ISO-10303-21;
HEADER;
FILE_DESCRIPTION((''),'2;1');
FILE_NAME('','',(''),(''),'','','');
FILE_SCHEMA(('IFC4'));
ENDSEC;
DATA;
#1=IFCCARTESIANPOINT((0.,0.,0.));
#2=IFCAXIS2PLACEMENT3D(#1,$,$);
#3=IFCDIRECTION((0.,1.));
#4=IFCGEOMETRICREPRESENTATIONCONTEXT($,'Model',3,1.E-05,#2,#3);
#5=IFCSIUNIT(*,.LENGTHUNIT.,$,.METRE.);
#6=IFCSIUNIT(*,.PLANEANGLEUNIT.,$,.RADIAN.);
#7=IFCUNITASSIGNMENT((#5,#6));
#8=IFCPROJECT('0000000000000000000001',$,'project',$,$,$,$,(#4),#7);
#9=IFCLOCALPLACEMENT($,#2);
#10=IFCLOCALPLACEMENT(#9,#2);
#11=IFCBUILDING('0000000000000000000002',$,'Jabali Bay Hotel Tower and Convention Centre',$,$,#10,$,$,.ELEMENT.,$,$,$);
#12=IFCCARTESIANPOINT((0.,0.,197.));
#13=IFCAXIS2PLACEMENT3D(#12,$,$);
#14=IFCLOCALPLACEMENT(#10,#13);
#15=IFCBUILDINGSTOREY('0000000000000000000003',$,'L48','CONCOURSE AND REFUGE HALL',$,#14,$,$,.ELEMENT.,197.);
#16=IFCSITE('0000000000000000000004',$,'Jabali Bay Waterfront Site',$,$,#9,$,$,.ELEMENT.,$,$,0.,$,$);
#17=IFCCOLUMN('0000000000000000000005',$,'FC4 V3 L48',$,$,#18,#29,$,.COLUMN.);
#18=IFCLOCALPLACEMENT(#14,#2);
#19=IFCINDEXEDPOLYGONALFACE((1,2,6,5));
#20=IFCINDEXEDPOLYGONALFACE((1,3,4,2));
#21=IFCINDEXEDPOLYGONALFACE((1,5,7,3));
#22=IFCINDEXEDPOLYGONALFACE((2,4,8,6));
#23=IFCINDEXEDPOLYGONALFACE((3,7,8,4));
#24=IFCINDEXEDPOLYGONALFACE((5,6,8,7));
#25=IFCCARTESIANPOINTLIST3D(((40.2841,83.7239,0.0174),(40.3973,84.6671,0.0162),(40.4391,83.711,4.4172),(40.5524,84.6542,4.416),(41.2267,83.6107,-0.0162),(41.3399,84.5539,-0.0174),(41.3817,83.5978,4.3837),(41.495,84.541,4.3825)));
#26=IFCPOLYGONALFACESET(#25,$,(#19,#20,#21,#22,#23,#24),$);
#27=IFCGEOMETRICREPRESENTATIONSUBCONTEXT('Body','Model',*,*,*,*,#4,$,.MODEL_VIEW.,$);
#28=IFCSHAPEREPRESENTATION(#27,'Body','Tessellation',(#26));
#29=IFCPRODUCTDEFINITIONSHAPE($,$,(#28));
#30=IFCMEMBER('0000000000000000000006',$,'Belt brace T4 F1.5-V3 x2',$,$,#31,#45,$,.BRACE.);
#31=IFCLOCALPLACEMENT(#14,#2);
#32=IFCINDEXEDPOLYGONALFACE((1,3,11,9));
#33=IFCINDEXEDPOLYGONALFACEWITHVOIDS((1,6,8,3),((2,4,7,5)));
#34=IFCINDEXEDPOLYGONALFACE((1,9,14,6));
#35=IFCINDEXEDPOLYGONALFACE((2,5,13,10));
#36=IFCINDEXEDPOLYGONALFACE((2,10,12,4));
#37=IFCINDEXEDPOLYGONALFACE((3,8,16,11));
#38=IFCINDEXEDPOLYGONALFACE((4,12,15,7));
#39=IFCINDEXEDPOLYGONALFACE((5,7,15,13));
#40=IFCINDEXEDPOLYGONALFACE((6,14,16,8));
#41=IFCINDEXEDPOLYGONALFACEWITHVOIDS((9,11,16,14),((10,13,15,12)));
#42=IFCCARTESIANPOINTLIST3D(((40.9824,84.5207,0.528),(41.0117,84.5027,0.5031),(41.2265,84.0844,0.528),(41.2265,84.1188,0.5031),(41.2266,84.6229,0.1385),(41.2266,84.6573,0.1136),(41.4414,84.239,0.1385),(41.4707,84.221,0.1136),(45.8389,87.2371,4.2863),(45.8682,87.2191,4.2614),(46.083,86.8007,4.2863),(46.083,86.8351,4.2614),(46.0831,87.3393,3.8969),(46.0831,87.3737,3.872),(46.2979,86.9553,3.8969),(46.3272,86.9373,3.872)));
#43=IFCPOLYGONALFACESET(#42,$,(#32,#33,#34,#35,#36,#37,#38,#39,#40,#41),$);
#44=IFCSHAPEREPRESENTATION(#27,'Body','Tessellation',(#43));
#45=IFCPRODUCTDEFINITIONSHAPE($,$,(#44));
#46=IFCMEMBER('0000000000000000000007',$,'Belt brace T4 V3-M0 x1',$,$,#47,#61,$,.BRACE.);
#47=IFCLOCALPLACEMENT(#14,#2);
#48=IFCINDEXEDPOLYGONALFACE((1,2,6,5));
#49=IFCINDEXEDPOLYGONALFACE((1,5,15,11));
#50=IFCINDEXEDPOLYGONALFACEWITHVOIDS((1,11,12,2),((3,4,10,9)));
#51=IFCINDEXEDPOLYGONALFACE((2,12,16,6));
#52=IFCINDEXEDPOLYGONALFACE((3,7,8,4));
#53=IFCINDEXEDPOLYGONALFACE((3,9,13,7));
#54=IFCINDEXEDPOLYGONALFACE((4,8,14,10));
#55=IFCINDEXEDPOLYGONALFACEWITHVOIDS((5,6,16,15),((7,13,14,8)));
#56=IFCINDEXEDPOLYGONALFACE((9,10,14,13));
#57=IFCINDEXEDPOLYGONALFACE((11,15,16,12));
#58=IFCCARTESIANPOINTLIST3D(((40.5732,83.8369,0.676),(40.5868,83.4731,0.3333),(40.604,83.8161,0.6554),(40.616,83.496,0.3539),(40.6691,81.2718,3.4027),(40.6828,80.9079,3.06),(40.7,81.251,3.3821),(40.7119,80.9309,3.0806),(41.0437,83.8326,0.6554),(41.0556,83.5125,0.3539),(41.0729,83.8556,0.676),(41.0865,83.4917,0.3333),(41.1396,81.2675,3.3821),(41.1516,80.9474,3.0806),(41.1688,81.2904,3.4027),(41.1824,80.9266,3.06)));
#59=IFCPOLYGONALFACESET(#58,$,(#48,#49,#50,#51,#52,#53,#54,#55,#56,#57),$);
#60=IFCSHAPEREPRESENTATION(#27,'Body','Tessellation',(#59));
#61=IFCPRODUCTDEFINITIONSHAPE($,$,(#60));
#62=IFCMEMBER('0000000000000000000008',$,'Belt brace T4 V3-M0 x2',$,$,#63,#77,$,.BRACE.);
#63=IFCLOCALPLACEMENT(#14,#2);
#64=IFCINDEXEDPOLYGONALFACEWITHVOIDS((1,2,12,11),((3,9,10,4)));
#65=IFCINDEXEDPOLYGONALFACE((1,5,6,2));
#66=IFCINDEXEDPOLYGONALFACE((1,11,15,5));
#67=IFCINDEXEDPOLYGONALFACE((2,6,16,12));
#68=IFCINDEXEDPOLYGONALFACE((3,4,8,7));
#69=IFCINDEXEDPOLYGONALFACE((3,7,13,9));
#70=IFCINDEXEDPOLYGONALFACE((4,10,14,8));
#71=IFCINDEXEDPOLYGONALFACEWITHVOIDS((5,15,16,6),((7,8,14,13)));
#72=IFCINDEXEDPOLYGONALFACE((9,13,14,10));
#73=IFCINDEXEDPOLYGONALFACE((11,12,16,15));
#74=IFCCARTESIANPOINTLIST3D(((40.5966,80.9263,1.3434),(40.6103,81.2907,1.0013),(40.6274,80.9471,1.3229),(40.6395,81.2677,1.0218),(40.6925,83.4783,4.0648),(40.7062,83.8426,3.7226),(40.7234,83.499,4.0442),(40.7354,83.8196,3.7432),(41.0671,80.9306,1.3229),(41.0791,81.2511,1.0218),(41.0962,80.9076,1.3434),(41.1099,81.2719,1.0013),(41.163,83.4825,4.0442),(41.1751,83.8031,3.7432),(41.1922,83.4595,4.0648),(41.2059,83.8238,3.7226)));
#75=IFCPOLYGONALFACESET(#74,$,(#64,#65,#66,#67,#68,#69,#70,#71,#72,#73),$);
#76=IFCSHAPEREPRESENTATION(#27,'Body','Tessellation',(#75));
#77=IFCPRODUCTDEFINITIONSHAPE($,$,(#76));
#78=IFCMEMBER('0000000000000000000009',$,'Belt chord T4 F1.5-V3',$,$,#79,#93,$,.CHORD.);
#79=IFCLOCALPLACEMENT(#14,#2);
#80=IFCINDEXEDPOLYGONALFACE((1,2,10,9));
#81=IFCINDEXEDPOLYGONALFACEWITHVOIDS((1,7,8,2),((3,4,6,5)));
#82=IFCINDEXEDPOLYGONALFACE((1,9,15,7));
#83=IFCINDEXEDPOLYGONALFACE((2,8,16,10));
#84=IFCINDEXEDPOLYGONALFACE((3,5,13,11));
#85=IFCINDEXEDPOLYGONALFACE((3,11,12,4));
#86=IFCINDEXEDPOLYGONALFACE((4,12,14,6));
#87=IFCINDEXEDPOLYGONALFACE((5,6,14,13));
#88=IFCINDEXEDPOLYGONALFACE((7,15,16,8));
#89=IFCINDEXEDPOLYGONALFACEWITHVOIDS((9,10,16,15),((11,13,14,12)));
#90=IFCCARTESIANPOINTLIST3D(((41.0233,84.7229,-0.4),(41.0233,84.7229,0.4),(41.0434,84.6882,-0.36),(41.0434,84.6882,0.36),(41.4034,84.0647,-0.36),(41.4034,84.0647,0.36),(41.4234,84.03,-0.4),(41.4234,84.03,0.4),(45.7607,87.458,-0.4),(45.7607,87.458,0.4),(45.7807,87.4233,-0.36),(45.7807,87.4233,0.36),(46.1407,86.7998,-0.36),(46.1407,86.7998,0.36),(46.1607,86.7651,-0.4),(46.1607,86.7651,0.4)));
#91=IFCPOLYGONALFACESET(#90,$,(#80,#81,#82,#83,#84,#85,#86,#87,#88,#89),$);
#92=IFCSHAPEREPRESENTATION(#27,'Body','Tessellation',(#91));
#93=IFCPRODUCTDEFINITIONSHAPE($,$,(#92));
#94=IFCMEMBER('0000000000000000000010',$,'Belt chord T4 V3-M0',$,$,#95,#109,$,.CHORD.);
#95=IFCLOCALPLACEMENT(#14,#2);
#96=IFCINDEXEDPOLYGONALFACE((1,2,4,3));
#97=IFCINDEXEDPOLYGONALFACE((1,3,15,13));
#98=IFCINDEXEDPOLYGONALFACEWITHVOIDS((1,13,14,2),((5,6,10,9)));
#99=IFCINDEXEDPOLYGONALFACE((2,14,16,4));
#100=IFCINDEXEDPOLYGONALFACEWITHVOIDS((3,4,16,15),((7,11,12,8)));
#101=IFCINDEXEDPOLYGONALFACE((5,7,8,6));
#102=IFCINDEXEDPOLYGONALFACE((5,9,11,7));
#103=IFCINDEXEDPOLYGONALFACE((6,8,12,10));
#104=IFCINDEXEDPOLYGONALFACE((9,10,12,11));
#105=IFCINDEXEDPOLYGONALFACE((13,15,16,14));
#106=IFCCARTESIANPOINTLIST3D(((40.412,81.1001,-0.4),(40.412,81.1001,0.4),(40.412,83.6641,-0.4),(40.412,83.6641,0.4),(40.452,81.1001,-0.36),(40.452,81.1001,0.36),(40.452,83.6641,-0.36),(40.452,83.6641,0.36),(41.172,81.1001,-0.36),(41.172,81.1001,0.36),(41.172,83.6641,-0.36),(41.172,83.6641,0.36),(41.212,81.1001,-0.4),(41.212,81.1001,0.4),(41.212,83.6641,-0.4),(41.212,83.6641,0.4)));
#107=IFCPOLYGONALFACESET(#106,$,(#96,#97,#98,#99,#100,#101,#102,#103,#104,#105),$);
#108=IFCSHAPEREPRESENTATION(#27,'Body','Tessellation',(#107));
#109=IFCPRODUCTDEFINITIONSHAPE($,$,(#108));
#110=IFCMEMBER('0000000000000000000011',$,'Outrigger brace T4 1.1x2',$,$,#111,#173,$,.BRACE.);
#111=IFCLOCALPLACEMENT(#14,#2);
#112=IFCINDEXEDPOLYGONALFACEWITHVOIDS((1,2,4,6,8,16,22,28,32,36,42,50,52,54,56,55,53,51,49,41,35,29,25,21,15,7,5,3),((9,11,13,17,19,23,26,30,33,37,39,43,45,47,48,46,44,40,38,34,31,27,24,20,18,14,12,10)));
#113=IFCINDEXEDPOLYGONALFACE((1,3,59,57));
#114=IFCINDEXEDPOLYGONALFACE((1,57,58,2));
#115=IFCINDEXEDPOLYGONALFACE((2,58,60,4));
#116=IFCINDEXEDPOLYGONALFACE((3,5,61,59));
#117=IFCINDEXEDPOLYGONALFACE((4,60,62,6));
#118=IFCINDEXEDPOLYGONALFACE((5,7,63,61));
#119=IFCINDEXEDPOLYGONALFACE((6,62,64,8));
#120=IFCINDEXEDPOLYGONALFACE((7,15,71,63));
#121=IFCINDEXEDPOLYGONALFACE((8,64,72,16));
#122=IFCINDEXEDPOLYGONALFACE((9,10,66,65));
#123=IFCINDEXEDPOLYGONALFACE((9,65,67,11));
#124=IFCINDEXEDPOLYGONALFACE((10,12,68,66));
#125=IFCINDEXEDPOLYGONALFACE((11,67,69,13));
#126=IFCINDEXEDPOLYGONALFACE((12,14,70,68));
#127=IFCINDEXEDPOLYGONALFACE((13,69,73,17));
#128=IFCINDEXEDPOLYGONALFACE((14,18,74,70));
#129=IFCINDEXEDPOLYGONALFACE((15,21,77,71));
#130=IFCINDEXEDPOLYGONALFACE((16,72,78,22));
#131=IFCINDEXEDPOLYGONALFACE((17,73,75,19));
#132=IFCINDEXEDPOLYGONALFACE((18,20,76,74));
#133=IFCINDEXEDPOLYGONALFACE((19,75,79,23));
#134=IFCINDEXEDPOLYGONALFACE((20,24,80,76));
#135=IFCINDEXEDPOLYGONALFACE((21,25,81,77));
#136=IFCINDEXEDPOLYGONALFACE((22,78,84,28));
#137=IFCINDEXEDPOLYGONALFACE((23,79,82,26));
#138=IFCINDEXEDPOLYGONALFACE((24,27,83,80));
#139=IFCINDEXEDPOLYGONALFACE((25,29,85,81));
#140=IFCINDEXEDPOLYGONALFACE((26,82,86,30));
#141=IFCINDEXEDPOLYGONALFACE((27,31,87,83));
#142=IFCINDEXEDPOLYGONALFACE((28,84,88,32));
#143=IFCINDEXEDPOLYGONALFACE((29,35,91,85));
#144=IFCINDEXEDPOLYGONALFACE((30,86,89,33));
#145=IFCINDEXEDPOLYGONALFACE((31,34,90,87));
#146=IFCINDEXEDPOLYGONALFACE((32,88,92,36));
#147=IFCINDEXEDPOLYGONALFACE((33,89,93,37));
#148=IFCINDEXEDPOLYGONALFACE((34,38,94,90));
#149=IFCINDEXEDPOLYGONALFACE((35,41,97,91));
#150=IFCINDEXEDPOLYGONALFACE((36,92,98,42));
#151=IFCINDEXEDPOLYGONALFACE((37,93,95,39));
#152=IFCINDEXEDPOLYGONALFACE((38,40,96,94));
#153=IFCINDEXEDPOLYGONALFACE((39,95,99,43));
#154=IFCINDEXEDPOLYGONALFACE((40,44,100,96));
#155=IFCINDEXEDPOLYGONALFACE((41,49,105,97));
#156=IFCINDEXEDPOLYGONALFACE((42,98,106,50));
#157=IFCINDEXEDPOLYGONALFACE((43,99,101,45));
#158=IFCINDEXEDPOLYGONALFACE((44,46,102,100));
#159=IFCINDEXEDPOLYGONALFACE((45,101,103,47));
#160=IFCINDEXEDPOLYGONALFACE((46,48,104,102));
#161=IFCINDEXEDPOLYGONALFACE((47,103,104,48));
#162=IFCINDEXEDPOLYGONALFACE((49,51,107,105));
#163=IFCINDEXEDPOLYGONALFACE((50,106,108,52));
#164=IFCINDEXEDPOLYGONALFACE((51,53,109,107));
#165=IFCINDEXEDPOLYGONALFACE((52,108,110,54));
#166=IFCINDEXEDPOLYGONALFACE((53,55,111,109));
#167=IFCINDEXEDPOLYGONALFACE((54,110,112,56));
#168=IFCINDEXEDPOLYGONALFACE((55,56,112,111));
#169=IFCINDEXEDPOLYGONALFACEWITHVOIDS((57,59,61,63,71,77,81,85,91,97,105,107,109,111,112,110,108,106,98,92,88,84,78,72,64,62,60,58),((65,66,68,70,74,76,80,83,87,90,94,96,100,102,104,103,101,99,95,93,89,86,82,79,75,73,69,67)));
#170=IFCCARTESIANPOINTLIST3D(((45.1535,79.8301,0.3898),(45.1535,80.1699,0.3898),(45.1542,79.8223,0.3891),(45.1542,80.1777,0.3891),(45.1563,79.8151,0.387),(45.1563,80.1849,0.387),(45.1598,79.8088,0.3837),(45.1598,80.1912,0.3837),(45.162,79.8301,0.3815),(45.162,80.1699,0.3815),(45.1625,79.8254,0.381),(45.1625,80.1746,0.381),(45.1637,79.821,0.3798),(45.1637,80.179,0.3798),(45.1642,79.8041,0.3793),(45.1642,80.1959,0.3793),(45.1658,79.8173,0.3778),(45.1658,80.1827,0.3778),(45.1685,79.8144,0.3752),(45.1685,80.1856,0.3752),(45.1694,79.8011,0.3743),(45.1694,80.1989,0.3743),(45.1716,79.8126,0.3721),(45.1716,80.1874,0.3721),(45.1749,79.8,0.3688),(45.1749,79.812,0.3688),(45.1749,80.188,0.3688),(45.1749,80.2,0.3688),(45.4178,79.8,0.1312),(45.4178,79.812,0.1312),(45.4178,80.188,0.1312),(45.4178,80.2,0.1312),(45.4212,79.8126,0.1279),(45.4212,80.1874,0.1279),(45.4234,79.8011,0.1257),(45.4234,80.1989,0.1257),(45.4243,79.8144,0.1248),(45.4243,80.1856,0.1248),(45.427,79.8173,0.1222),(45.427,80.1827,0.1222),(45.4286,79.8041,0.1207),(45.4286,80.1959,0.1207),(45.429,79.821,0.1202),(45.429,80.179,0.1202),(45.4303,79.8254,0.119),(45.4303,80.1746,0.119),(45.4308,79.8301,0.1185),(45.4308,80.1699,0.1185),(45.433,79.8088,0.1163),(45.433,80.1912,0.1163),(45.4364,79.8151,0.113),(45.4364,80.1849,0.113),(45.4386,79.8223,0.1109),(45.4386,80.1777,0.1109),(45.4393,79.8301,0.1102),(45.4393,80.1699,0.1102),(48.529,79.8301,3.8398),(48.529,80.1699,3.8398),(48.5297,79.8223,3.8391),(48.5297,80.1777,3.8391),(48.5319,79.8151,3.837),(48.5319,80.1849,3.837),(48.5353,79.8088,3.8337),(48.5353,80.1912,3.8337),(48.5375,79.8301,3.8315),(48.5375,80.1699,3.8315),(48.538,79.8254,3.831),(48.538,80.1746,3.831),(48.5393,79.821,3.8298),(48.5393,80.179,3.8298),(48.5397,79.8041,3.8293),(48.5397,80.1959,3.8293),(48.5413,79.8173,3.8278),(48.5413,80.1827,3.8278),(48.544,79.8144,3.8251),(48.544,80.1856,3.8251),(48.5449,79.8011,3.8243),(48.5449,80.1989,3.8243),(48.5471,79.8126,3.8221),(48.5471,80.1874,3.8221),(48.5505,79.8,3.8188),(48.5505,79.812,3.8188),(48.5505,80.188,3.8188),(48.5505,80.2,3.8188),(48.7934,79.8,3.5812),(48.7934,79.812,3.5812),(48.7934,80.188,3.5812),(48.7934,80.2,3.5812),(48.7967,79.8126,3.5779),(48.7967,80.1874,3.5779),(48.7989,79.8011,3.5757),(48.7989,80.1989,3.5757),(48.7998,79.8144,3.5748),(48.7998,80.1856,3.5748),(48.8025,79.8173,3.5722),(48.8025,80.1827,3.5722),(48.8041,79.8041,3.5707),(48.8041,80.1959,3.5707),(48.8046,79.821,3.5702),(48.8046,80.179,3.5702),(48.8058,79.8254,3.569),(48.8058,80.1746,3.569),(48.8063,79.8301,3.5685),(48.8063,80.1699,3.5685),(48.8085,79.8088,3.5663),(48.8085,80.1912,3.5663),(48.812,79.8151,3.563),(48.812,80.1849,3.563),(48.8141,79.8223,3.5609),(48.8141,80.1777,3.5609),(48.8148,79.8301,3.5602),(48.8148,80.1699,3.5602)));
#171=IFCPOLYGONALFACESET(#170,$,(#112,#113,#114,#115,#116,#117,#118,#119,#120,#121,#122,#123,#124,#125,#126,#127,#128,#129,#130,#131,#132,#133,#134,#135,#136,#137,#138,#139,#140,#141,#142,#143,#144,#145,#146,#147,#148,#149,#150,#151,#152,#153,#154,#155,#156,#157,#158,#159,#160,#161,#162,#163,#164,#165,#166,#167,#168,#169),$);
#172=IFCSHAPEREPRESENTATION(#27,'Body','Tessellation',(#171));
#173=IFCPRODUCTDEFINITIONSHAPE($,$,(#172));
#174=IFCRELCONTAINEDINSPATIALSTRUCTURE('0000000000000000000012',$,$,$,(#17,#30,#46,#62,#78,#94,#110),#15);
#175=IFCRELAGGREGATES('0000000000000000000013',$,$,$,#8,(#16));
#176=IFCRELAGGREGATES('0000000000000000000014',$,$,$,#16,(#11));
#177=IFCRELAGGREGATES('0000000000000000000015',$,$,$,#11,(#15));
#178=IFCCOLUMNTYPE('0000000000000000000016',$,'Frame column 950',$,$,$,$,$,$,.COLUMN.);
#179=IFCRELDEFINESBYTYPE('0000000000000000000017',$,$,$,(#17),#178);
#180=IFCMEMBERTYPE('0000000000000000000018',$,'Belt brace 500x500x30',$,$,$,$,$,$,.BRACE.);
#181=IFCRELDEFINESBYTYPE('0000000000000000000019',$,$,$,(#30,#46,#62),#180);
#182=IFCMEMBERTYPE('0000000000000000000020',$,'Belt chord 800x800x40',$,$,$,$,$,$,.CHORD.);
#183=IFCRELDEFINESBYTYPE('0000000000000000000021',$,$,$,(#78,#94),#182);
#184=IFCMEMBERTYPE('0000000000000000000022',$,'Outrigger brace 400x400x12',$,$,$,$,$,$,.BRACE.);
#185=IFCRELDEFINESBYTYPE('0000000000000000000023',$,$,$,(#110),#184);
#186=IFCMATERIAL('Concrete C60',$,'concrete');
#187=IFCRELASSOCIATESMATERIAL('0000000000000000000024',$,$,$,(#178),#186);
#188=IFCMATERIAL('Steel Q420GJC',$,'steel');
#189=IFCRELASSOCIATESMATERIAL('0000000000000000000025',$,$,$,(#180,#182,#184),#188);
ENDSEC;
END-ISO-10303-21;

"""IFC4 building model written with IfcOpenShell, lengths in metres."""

from ifc_helpers import new_model, si_unit, direction, frame, origin, origin_2d, place, context, subcontext, project, spatial, rectangle, hollow_rectangle, extrude, material, material_profile, profile_set, type_object, element, save


model = new_model("IFC4")

# Units and contexts
model_context = context("Model", 3, precision=1e-05, world=origin(), true_north=direction((0.0, 1.0)))
body_context = subcontext(model_context, "Body", "Model", "MODEL_VIEW")
ifc_project = project(units=[si_unit("LENGTHUNIT", "METRE"), si_unit("PLANEANGLEUNIT", "RADIAN")], contexts=[model_context])

# Site, building, storey
site_placement = place(None, origin())
site = spatial("IfcSite", under=ifc_project, at=site_placement, Name="Jabali Bay Waterfront Site", CompositionType="ELEMENT", RefElevation=0.0)
building_placement = place(site_placement, origin())
building = spatial("IfcBuilding", under=site, at=building_placement, Name="Jabali Bay Hotel Tower and Convention Centre", CompositionType="ELEMENT")
storey_placement = place(building_placement, frame((0.0, 0.0, 197.0)))
storey = spatial("IfcBuildingStorey", under=building, at=storey_placement, Name="L48", Description="CONCOURSE AND REFUGE HALL", CompositionType="ELEMENT", Elevation=197.0)

# Column
ifc_material_1 = material(Name="Concrete C60", Category="concrete")
ifc_material_profile_1 = material_profile(ifc_material_1, rectangle(XDim=0.95, YDim=0.95, at=origin_2d()), Name="Frame column 950")
ifc_profile_set_1 = profile_set([ifc_material_profile_1], Name="Concrete C60")
column_type = type_object("IfcColumnType", Name="Frame column 950", PredefinedType="COLUMN", material=ifc_profile_set_1)
column_placement = place(storey_placement, frame((40.812, 84.1389, 0.0), z_axis=(0.035213, -0.002939, 0.999376), x_axis=(-0.992244, 0.119186, 0.035312)))
element("IfcColumn", 1, at=column_placement, inside=storey, type_object=column_type, Name="FC4 V3 L48", PredefinedType="COLUMN", context=body_context, shape_type="SweptSolid", body=[
    extrude(rectangle(XDim=0.95, YDim=0.95, at=origin_2d()), origin(), (0.0, 0.0, 1.0), 4.4026),
])

# Members
ifc_material_2 = material(Name="Steel Q420GJC", Category="steel")
ifc_material_profile_2 = material_profile(ifc_material_2, hollow_rectangle(XDim=0.5, YDim=0.5, WallThickness=0.03, at=origin_2d()), Name="Belt brace 500x500x30")
ifc_profile_set_2 = profile_set([ifc_material_profile_2], Name="Steel Q420GJC")
member_type_1 = type_object("IfcMemberType", Name="Belt brace 500x500x30", PredefinedType="BRACE", material=ifc_profile_set_2)
member_1_placement = place(storey_placement, frame((41.2266, 84.3708, 0.3208), z_axis=(0.723248, 0.404527, 0.559706), x_axis=(-0.488152, 0.872759, 0.0)))
element("IfcMember", 2, at=member_1_placement, inside=storey, type_object=member_type_1, Name="Belt brace T4 F1.5-V3 x2", PredefinedType="BRACE", context=body_context, shape_type="SweptSolid", body=[
    extrude(hollow_rectangle(XDim=0.5, YDim=0.5, WallThickness=0.03, at=origin_2d()), origin(), (0.0, 0.0, 1.0), 6.7148),
])
member_2_placement = place(storey_placement, frame((40.8298, 83.6643, 0.5046), z_axis=(0.02562, -0.684967, 0.728124), x_axis=(0.999301, 0.037377, 0.0)))
element("IfcMember", 3, at=member_2_placement, inside=storey, type_object=member_type_1, Name="Belt brace T4 V3-M0 x1", PredefinedType="BRACE", context=body_context, shape_type="SweptSolid", body=[
    extrude(hollow_rectangle(XDim=0.5, YDim=0.5, WallThickness=0.03, at=origin_2d()), origin(), (0.0, 0.0, 1.0), 3.7449),
])
member_3_placement = place(storey_placement, frame((40.8533, 81.0991, 1.1724), z_axis=(0.025709, 0.683809, 0.729208), x_axis=(-0.999294, 0.03757, 0.0)))
element("IfcMember", 4, at=member_3_placement, inside=storey, type_object=member_type_1, Name="Belt brace T4 V3-M0 x2", PredefinedType="BRACE", context=body_context, shape_type="SweptSolid", body=[
    extrude(hollow_rectangle(XDim=0.5, YDim=0.5, WallThickness=0.03, at=origin_2d()), origin(), (0.0, 0.0, 1.0), 3.7319),
])
ifc_material_profile_3 = material_profile(ifc_material_2, hollow_rectangle(XDim=0.8, YDim=0.8, WallThickness=0.04, at=origin_2d()), Name="Belt chord 800x800x40")
ifc_profile_set_3 = profile_set([ifc_material_profile_3], Name="Steel Q420GJC")
member_type_2 = type_object("IfcMemberType", Name="Belt chord 800x800x40", PredefinedType="CHORD", material=ifc_profile_set_3)
member_4_placement = place(storey_placement, frame((45.9607, 87.1116, 0.0), z_axis=(-0.866024, -0.500003, 0.0), x_axis=(0.500003, -0.866024, 0.0)))
element("IfcMember", 5, at=member_4_placement, inside=storey, type_object=member_type_2, Name="Belt chord T4 F1.5-V3", PredefinedType="CHORD", context=body_context, shape_type="SweptSolid", body=[
    extrude(hollow_rectangle(XDim=0.8, YDim=0.8, WallThickness=0.04, at=origin_2d()), origin(), (0.0, 0.0, 1.0), 5.4702),
])
member_5_placement = place(storey_placement, frame((40.812, 83.6641, 0.0), z_axis=(0.0, -1.0, 0.0), x_axis=(1.0, 0.0, 0.0)))
element("IfcMember", 6, at=member_5_placement, inside=storey, type_object=member_type_2, Name="Belt chord T4 V3-M0", PredefinedType="CHORD", context=body_context, shape_type="SweptSolid", body=[
    extrude(hollow_rectangle(XDim=0.8, YDim=0.8, WallThickness=0.04, at=origin_2d()), origin(), (0.0, 0.0, 1.0), 2.564),
])
ifc_material_profile_4 = material_profile(ifc_material_2, hollow_rectangle(XDim=0.3999, YDim=0.3999, WallThickness=0.012, InnerFilletRadius=0.0181, OuterFilletRadius=0.03, at=origin_2d()), Name="Outrigger brace 400x400x12")
ifc_profile_set_4 = profile_set([ifc_material_profile_4], Name="Steel Q420GJC")
member_type_3 = type_object("IfcMemberType", Name="Outrigger brace 400x400x12", PredefinedType="BRACE", material=ifc_profile_set_4)
member_6_placement = place(storey_placement, frame((45.2964, 80.0, 0.25), z_axis=(0.699351, 0.0, 0.714779), x_axis=(0.0, 1.0, 0.0)))
element("IfcMember", 7, at=member_6_placement, inside=storey, type_object=member_type_3, Name="Outrigger brace T4 1.1x2", PredefinedType="BRACE", context=body_context, shape_type="SweptSolid", body=[
    extrude(hollow_rectangle(XDim=0.3999, YDim=0.3999, WallThickness=0.012, InnerFilletRadius=0.0181, OuterFilletRadius=0.03, at=origin_2d()), origin(), (0.0, 0.0, 1.0), 4.8267),
])

save(model, "model.ifc")
